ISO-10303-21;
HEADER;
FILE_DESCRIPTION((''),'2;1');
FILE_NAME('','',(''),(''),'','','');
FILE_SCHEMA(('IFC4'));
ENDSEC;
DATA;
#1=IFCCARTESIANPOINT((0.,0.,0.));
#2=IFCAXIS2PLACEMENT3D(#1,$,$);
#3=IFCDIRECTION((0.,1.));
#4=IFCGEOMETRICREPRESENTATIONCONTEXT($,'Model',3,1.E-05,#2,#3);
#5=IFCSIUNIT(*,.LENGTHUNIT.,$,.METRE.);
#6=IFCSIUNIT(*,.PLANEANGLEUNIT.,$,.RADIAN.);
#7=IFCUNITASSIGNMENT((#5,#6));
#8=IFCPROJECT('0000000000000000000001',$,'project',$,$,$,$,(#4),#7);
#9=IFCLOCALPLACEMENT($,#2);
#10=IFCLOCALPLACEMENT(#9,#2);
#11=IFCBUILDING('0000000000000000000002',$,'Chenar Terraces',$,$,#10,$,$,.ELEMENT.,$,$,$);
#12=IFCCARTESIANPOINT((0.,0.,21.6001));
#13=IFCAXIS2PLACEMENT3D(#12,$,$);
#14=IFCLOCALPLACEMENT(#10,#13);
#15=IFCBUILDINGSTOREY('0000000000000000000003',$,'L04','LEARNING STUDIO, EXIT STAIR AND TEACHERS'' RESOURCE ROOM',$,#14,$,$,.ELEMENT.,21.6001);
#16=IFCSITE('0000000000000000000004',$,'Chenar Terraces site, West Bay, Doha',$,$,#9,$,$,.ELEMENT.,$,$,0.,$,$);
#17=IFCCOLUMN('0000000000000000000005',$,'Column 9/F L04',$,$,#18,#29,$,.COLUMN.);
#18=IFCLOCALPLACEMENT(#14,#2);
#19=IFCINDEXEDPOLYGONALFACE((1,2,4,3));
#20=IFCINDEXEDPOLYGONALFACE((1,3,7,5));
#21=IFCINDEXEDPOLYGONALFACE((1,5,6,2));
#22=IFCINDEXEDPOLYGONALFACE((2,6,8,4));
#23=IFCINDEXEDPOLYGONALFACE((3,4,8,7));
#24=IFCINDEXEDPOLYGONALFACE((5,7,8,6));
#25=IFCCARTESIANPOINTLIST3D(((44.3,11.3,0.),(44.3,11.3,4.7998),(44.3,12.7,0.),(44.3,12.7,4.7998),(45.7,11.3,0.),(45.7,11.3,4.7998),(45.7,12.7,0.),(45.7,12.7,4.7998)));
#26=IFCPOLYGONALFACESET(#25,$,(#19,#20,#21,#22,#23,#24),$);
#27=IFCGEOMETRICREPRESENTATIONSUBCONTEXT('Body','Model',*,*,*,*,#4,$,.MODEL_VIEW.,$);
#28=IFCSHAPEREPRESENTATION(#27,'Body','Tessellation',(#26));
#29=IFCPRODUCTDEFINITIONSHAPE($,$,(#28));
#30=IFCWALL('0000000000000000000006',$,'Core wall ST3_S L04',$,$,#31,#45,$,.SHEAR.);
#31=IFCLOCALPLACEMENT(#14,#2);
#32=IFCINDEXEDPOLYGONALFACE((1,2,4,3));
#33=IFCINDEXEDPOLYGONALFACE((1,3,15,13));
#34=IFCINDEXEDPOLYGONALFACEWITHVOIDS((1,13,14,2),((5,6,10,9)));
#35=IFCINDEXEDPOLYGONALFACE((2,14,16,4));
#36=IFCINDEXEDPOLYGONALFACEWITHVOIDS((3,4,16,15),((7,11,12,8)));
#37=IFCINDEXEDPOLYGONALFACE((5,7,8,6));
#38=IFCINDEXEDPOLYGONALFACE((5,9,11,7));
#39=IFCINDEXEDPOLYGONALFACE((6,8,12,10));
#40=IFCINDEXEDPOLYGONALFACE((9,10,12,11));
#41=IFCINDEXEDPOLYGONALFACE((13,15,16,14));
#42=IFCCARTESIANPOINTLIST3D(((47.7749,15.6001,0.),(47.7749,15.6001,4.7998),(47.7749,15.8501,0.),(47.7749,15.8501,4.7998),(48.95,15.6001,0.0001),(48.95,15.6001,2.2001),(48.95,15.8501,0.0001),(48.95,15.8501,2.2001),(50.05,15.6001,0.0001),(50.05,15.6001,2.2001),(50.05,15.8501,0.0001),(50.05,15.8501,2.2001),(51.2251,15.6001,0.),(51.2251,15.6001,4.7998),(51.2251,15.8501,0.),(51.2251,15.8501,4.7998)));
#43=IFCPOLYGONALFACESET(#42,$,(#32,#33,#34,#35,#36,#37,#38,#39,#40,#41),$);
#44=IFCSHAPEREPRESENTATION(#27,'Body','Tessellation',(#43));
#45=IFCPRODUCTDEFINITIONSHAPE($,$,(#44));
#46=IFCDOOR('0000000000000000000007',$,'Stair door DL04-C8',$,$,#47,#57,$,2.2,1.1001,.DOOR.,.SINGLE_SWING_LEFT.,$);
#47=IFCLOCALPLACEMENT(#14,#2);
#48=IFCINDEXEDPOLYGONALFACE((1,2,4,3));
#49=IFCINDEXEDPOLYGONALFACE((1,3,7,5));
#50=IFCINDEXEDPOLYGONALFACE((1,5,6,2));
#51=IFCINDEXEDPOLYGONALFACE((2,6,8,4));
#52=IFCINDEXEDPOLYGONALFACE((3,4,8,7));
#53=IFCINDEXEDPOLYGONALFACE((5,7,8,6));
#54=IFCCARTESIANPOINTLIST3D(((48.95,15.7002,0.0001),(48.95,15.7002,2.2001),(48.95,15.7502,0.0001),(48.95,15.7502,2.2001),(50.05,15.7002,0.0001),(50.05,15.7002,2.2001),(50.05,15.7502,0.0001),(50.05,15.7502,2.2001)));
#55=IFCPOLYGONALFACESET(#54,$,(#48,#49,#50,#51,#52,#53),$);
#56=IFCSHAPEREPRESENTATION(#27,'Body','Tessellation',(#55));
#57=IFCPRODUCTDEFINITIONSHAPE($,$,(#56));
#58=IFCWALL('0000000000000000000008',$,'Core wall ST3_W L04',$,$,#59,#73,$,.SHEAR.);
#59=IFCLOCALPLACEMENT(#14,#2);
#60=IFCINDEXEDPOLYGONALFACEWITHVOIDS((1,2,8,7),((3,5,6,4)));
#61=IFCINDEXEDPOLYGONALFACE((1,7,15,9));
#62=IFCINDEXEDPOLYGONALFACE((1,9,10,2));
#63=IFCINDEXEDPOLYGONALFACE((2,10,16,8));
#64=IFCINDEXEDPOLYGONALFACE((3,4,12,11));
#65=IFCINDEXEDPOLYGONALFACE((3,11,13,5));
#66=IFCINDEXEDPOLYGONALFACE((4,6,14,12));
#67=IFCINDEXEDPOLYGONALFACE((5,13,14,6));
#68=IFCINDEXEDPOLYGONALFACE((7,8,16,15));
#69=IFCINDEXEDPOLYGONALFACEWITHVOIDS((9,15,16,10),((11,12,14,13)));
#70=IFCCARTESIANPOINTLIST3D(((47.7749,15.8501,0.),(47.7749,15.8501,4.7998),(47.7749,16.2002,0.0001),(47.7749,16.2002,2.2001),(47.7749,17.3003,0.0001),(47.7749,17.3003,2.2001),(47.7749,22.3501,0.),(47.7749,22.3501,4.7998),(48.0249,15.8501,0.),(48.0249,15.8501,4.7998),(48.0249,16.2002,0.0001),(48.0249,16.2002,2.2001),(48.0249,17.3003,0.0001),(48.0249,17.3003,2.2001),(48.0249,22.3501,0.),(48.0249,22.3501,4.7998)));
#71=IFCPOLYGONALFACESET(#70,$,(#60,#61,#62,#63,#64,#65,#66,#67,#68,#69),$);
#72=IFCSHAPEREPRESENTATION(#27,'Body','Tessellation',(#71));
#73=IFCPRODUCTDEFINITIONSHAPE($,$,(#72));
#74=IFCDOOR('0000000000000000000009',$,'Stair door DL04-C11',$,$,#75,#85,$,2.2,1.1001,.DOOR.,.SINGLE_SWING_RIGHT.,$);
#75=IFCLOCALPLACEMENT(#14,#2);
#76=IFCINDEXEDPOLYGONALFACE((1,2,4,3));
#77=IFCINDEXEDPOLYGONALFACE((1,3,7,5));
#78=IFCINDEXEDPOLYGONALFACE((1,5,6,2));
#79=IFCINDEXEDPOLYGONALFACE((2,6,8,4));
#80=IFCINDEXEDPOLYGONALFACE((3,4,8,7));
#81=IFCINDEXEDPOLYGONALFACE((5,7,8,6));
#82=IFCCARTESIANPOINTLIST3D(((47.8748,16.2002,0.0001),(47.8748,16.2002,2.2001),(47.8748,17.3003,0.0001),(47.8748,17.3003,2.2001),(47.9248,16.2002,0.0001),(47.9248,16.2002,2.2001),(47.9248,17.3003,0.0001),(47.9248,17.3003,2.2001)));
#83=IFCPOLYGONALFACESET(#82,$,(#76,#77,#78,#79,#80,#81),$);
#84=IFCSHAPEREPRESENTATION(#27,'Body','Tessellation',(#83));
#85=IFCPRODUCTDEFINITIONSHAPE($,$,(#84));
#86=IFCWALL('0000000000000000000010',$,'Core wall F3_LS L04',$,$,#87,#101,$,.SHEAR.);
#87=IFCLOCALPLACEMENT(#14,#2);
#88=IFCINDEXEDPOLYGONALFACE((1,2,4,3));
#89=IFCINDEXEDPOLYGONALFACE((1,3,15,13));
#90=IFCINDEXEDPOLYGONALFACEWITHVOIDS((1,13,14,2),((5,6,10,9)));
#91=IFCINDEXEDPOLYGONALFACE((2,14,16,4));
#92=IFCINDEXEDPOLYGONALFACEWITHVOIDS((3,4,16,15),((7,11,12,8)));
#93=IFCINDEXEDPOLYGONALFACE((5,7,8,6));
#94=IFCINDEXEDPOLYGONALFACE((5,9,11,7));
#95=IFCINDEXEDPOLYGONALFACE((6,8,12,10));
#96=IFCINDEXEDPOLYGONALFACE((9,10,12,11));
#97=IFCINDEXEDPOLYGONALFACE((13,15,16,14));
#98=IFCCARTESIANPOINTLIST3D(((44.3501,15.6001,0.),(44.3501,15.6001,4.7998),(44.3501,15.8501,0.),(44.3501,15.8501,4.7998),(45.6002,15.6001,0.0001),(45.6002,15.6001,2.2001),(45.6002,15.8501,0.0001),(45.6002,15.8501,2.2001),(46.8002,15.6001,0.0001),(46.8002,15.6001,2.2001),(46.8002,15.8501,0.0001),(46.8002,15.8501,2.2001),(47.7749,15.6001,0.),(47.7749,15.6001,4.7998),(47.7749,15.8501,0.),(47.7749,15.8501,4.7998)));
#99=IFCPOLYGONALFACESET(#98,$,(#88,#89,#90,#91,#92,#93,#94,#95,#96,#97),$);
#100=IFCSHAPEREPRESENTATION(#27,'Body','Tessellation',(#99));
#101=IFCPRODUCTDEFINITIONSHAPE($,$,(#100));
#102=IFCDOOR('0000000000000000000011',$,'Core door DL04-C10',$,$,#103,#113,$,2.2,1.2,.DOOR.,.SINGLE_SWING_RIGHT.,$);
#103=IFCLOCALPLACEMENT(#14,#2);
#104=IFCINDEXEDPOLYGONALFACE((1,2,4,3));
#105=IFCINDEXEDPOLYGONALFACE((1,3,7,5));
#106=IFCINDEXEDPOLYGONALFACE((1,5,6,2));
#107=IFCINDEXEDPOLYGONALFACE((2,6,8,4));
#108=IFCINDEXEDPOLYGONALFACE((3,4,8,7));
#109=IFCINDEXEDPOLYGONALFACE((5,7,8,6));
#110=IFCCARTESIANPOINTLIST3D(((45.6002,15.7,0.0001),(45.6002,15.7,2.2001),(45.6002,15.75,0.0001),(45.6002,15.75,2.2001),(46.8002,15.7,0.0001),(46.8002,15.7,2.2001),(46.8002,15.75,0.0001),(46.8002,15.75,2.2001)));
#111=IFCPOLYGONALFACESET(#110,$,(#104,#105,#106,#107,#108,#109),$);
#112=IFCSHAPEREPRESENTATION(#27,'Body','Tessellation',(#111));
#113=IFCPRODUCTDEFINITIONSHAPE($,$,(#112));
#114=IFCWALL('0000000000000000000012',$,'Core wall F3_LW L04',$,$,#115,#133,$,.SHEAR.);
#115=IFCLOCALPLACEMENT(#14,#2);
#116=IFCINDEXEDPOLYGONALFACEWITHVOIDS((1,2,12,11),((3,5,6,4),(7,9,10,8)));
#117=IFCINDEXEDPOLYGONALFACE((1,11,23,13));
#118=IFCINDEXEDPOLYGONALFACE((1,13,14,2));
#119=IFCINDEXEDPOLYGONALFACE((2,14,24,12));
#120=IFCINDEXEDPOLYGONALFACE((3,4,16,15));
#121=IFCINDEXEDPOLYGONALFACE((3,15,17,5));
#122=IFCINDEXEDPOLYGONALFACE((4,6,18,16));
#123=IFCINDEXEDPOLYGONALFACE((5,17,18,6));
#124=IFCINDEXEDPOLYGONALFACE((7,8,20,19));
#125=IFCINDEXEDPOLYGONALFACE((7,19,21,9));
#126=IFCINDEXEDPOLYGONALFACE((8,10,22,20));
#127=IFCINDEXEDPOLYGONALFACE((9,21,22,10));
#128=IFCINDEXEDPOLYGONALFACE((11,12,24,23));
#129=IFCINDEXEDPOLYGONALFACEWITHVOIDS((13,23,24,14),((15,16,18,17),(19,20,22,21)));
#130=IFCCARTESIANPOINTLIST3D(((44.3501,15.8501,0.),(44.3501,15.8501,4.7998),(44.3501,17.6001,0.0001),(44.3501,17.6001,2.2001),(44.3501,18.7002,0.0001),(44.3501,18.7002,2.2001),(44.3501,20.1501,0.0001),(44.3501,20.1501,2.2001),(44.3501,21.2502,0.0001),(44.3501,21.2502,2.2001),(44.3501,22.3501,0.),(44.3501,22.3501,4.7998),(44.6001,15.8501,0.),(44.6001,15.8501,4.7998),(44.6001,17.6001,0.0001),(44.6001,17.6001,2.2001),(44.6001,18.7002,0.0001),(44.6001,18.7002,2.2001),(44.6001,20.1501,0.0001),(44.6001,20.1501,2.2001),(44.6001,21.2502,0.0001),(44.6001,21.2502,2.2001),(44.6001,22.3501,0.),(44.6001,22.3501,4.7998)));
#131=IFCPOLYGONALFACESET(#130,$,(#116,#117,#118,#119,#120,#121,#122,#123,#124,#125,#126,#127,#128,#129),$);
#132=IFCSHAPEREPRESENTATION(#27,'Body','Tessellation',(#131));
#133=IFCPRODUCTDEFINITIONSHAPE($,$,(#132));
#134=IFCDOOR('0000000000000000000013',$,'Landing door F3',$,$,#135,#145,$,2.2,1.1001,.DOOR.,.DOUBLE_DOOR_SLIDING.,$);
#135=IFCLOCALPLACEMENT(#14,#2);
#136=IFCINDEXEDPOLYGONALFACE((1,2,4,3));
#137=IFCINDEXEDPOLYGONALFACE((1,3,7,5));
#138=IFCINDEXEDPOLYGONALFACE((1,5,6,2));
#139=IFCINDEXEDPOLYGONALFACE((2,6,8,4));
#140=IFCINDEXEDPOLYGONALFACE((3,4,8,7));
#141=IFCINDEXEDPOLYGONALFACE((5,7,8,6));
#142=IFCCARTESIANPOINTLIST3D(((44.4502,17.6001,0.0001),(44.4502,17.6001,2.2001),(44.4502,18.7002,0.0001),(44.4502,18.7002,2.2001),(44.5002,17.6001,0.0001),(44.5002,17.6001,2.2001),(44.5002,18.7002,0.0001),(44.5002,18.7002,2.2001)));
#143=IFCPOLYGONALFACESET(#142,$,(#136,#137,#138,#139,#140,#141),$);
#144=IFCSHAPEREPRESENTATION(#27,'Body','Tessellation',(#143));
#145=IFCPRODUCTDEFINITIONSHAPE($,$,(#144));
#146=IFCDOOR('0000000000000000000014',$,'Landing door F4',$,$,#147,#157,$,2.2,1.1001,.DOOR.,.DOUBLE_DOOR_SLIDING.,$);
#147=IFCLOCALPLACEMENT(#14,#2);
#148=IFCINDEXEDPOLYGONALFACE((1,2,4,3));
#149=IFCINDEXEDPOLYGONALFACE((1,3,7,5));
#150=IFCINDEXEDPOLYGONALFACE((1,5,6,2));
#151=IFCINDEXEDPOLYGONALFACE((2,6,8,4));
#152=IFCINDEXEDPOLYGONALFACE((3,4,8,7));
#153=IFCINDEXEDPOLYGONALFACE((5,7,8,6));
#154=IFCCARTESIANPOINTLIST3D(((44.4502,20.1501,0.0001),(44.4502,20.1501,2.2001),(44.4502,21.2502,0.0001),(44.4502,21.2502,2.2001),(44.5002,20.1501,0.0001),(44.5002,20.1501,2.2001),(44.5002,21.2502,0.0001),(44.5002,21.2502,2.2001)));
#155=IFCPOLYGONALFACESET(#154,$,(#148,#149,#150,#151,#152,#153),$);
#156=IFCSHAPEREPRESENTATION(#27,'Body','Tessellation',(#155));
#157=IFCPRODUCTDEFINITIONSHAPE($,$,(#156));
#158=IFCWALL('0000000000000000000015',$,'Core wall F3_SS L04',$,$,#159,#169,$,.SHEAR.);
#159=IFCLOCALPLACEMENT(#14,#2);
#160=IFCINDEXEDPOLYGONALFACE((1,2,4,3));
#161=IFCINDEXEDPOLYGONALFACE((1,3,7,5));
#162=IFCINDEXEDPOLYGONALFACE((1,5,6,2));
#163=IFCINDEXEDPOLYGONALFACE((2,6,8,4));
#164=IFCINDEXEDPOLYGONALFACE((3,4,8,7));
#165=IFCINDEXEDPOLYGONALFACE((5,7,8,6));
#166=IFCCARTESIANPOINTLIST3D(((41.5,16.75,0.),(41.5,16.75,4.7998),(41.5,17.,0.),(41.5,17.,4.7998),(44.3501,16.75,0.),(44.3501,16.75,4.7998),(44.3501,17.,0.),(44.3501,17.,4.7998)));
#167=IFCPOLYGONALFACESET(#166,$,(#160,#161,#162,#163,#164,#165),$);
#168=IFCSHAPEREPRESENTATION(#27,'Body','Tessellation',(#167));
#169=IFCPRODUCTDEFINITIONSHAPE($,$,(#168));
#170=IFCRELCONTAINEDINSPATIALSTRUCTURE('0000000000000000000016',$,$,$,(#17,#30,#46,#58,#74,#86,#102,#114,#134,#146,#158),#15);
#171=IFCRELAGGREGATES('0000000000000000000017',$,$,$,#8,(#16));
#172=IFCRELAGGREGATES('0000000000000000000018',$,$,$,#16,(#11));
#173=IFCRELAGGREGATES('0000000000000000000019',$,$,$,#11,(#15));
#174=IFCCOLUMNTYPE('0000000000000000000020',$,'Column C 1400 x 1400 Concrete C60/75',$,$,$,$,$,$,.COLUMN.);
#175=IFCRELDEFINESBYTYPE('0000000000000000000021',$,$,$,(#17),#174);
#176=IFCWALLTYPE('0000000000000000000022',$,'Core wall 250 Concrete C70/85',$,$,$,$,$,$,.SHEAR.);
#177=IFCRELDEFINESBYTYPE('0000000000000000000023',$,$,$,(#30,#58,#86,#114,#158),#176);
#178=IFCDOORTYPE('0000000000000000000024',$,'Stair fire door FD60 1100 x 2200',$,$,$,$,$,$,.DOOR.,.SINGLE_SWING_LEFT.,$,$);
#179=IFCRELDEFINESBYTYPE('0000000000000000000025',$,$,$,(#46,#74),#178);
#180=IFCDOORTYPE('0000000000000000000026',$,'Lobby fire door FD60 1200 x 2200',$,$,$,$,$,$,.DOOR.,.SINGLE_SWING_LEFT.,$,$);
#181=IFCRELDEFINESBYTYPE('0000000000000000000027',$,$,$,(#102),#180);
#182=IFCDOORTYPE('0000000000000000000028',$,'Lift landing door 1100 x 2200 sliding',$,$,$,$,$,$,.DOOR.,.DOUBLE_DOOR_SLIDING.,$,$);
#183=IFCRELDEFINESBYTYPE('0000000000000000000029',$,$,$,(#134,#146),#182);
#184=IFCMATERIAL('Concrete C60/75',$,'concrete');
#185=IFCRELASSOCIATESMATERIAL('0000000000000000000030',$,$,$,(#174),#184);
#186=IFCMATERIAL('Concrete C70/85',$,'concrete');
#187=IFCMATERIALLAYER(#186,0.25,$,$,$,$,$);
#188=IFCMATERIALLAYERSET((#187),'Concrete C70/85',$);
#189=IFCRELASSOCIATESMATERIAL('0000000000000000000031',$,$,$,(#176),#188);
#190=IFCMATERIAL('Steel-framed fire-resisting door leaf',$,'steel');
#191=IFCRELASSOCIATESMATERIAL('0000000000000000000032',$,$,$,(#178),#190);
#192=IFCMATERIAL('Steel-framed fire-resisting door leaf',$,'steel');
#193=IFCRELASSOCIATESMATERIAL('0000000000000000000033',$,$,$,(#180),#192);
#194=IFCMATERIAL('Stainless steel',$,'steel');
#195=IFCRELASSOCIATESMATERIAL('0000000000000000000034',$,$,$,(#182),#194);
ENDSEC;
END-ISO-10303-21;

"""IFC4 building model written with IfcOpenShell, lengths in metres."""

from ifc_helpers import new_model, si_unit, direction, frame, frame_2d, origin, origin_2d, place, context, subcontext, project, spatial, rectangle, extrude, material, layer, layer_set, material_profile, profile_set, type_object, element, fill, save


model = new_model("IFC4")

# Units and contexts
model_context = context("Model", 3, precision=1e-05, world=origin(), true_north=direction((0.0, 1.0)))
body_context = subcontext(model_context, "Body", "Model", "MODEL_VIEW")
ifc_project = project(units=[si_unit("LENGTHUNIT", "METRE"), si_unit("PLANEANGLEUNIT", "RADIAN")], contexts=[model_context])

# Site, building, storey
site_placement = place(None, origin())
site = spatial("IfcSite", under=ifc_project, at=site_placement, Name="Chenar Terraces site, West Bay, Doha", CompositionType="ELEMENT", RefElevation=0.0)
building_placement = place(site_placement, origin())
building = spatial("IfcBuilding", under=site, at=building_placement, Name="Chenar Terraces", CompositionType="ELEMENT")
storey_placement = place(building_placement, frame((0.0, 0.0, 21.6001)))
storey = spatial("IfcBuildingStorey", under=building, at=storey_placement, Name="L04", Description="LEARNING STUDIO, EXIT STAIR AND TEACHERS' RESOURCE ROOM", CompositionType="ELEMENT", Elevation=21.6001)

# Column
ifc_material_1 = material(Name="Concrete C60/75", Category="concrete")
ifc_material_profile = material_profile(ifc_material_1, rectangle(XDim=1.3999, YDim=1.3999, at=origin_2d()), Name="C 1400 x 1400")
ifc_profile_set = profile_set([ifc_material_profile], Name="Concrete C60/75")
column_type = type_object("IfcColumnType", Name="Column C 1400 x 1400 Concrete C60/75", PredefinedType="COLUMN", material=ifc_profile_set)
column_placement = place(storey_placement, frame((45.0, 12.0, 0.0), z_axis=(0.0, 0.0, 1.0), x_axis=(1.0, 0.0, 0.0)))
element("IfcColumn", 1, at=column_placement, inside=storey, type_object=column_type, Name="Column 9/F L04", PredefinedType="COLUMN", context=body_context, shape_type="SweptSolid", body=[
    extrude(rectangle(XDim=1.3999, YDim=1.3999, at=origin_2d()), origin(), (0.0, 0.0, 1.0), 4.7998),
])

# Walls, openings, doors
ifc_material_2 = material(Name="Concrete C70/85", Category="concrete")
ifc_layer_1 = layer(ifc_material_2, 0.25)
ifc_layer_set_1 = layer_set([ifc_layer_1], Name="Concrete C70/85")
wall_type_1 = type_object("IfcWallType", Name="Core wall 250 Concrete C70/85", PredefinedType="SHEAR", material=ifc_layer_set_1)
wall_1_placement = place(storey_placement, frame((47.7749, 15.7251, 0.0), z_axis=(0.0, 0.0, 1.0), x_axis=(1.0, 0.0, 0.0)))
wall_1 = element("IfcWall", 2, at=wall_1_placement, inside=storey, type_object=wall_type_1, Name="Core wall ST3_S L04", PredefinedType="SHEAR", context=body_context, shape_type="SweptSolid", body=[
    extrude(rectangle(XDim=3.4502, YDim=0.25, at=frame_2d((1.7251, 0.0))), origin(), (0.0, 0.0, 1.0), 4.7998),
])
opening_1_placement = place(wall_1_placement, frame((1.175, 0.0, 0.0)))
opening_1 = element("IfcOpeningElement", 3, at=opening_1_placement, cuts=wall_1, PredefinedType="OPENING", context=body_context, shape_type="SweptSolid", body=[
    extrude(rectangle(XDim=1.1001, YDim=2.2, at=frame_2d((0.55, 1.1001))), frame((0.0, 0.135, 0.0), z_axis=(0.0, -1.0, 0.0), x_axis=(1.0, 0.0, 0.0)), (0.0, 0.0, 1.0), 0.27),
])
ifc_material_3 = material(Name="Steel-framed fire-resisting door leaf", Category="steel")
door_type_1 = type_object("IfcDoorType", Name="Stair fire door FD60 1100 x 2200", OperationType="SINGLE_SWING_LEFT", PredefinedType="DOOR", material=ifc_material_3)
door_1_placement = place(opening_1_placement, frame((1.1001, 0.0, 0.0), z_axis=(0.0, 0.0, 1.0), x_axis=(-1.0, 0.0, 0.0)))
door_1 = element("IfcDoor", 4, at=door_1_placement, inside=storey, type_object=door_type_1, Name="Stair door DL04-C8", OperationType="SINGLE_SWING_LEFT", OverallHeight=2.2, OverallWidth=1.1001, PredefinedType="DOOR", context=body_context, shape_type="SweptSolid", body=[
    extrude(rectangle(XDim=1.1001, YDim=2.2, at=frame_2d((0.55, 1.1001))), frame((0.0, 0.0249, 0.0), z_axis=(0.0, -1.0, 0.0), x_axis=(1.0, 0.0, 0.0)), (0.0, 0.0, 1.0), 0.05),
])
fill(opening_1, door_1)
wall_2_placement = place(storey_placement, frame((47.8999, 15.8501, 0.0), z_axis=(0.0, 0.0, 1.0), x_axis=(0.0, 1.0, 0.0)))
wall_2 = element("IfcWall", 5, at=wall_2_placement, inside=storey, type_object=wall_type_1, Name="Core wall ST3_W L04", PredefinedType="SHEAR", context=body_context, shape_type="SweptSolid", body=[
    extrude(rectangle(XDim=6.5, YDim=0.25, at=frame_2d((3.25, 0.0))), origin(), (0.0, 0.0, 1.0), 4.7998),
])
opening_2_placement = place(wall_2_placement, frame((0.3501, 0.0, 0.0)))
opening_2 = element("IfcOpeningElement", 6, at=opening_2_placement, cuts=wall_2, PredefinedType="OPENING", context=body_context, shape_type="SweptSolid", body=[
    extrude(rectangle(XDim=1.1001, YDim=2.2, at=frame_2d((0.55, 1.1001))), frame((0.0, 0.135, 0.0), z_axis=(0.0, -1.0, 0.0), x_axis=(1.0, 0.0, 0.0)), (0.0, 0.0, 1.0), 0.27),
])
door_2_placement = place(opening_2_placement, frame((1.1001, 0.0, 0.0), z_axis=(0.0, 0.0, 1.0), x_axis=(-1.0, 0.0, 0.0)))
door_2 = element("IfcDoor", 7, at=door_2_placement, inside=storey, type_object=door_type_1, Name="Stair door DL04-C11", OperationType="SINGLE_SWING_RIGHT", OverallHeight=2.2, OverallWidth=1.1001, PredefinedType="DOOR", context=body_context, shape_type="SweptSolid", body=[
    extrude(rectangle(XDim=1.1001, YDim=2.2, at=frame_2d((0.55, 1.1001))), frame((0.0, 0.0249, 0.0), z_axis=(0.0, -1.0, 0.0), x_axis=(1.0, 0.0, 0.0)), (0.0, 0.0, 1.0), 0.05),
])
fill(opening_2, door_2)
wall_3_placement = place(storey_placement, frame((44.3501, 15.7251, 0.0), z_axis=(0.0, 0.0, 1.0), x_axis=(1.0, 0.0, 0.0)))
wall_3 = element("IfcWall", 8, at=wall_3_placement, inside=storey, type_object=wall_type_1, Name="Core wall F3_LS L04", PredefinedType="SHEAR", context=body_context, shape_type="SweptSolid", body=[
    extrude(rectangle(XDim=3.4248, YDim=0.25, at=frame_2d((1.7124, 0.0))), origin(), (0.0, 0.0, 1.0), 4.7998),
])
opening_3_placement = place(wall_3_placement, frame((1.25, 0.0, 0.0)))
opening_3 = element("IfcOpeningElement", 9, at=opening_3_placement, cuts=wall_3, PredefinedType="OPENING", context=body_context, shape_type="SweptSolid", body=[
    extrude(rectangle(XDim=1.2, YDim=2.2, at=frame_2d((0.6001, 1.1001))), frame((0.0, 0.135, 0.0), z_axis=(0.0, -1.0, 0.0), x_axis=(1.0, 0.0, 0.0)), (0.0, 0.0, 1.0), 0.27),
])
ifc_material_4 = material(Name="Steel-framed fire-resisting door leaf", Category="steel")
door_type_2 = type_object("IfcDoorType", Name="Lobby fire door FD60 1200 x 2200", OperationType="SINGLE_SWING_LEFT", PredefinedType="DOOR", material=ifc_material_4)
door_3_placement = place(opening_3_placement, origin())
door_3 = element("IfcDoor", 10, at=door_3_placement, inside=storey, type_object=door_type_2, Name="Core door DL04-C10", OperationType="SINGLE_SWING_RIGHT", OverallHeight=2.2, OverallWidth=1.2, PredefinedType="DOOR", context=body_context, shape_type="SweptSolid", body=[
    extrude(rectangle(XDim=1.2, YDim=2.2, at=frame_2d((0.6001, 1.1001))), frame((0.0, 0.0249, 0.0), z_axis=(0.0, -1.0, 0.0), x_axis=(1.0, 0.0, 0.0)), (0.0, 0.0, 1.0), 0.05),
])
fill(opening_3, door_3)

# Wall, openings, doors
wall_4_placement = place(storey_placement, frame((44.4751, 15.8501, 0.0), z_axis=(0.0, 0.0, 1.0), x_axis=(0.0, 1.0, 0.0)))
wall_4 = element("IfcWall", 11, at=wall_4_placement, inside=storey, type_object=wall_type_1, Name="Core wall F3_LW L04", PredefinedType="SHEAR", context=body_context, shape_type="SweptSolid", body=[
    extrude(rectangle(XDim=6.5, YDim=0.25, at=frame_2d((3.25, 0.0))), origin(), (0.0, 0.0, 1.0), 4.7998),
])
opening_4_placement = place(wall_4_placement, frame((1.75, 0.0, 0.0)))
opening_4 = element("IfcOpeningElement", 12, at=opening_4_placement, cuts=wall_4, PredefinedType="OPENING", context=body_context, shape_type="SweptSolid", body=[
    extrude(rectangle(XDim=1.1001, YDim=2.2, at=frame_2d((0.55, 1.1001))), frame((0.0, 0.135, 0.0), z_axis=(0.0, -1.0, 0.0), x_axis=(1.0, 0.0, 0.0)), (0.0, 0.0, 1.0), 0.27),
])
opening_5_placement = place(wall_4_placement, frame((4.3, 0.0, 0.0)))
opening_5 = element("IfcOpeningElement", 13, at=opening_5_placement, cuts=wall_4, PredefinedType="OPENING", context=body_context, shape_type="SweptSolid", body=[
    extrude(rectangle(XDim=1.1001, YDim=2.2, at=frame_2d((0.55, 1.1001))), frame((0.0, 0.135, 0.0), z_axis=(0.0, -1.0, 0.0), x_axis=(1.0, 0.0, 0.0)), (0.0, 0.0, 1.0), 0.27),
])
ifc_material_5 = material(Name="Stainless steel", Category="steel")
door_type_3 = type_object("IfcDoorType", Name="Lift landing door 1100 x 2200 sliding", OperationType="DOUBLE_DOOR_SLIDING", PredefinedType="DOOR", material=ifc_material_5)
door_4_placement = place(opening_4_placement, origin())
door_4 = element("IfcDoor", 14, at=door_4_placement, inside=storey, type_object=door_type_3, Name="Landing door F3", OperationType="DOUBLE_DOOR_SLIDING", OverallHeight=2.2, OverallWidth=1.1001, PredefinedType="DOOR", context=body_context, shape_type="SweptSolid", body=[
    extrude(rectangle(XDim=1.1001, YDim=2.2, at=frame_2d((0.55, 1.1001))), frame((0.0, 0.0249, 0.0), z_axis=(0.0, -1.0, 0.0), x_axis=(1.0, 0.0, 0.0)), (0.0, 0.0, 1.0), 0.05),
])
fill(opening_4, door_4)
door_5_placement = place(opening_5_placement, origin())
door_5 = element("IfcDoor", 15, at=door_5_placement, inside=storey, type_object=door_type_3, Name="Landing door F4", OperationType="DOUBLE_DOOR_SLIDING", OverallHeight=2.2, OverallWidth=1.1001, PredefinedType="DOOR", context=body_context, shape_type="SweptSolid", body=[
    extrude(rectangle(XDim=1.1001, YDim=2.2, at=frame_2d((0.55, 1.1001))), frame((0.0, 0.0249, 0.0), z_axis=(0.0, -1.0, 0.0), x_axis=(1.0, 0.0, 0.0)), (0.0, 0.0, 1.0), 0.05),
])
fill(opening_5, door_5)

# Wall
wall_5_placement = place(storey_placement, frame((41.5, 16.875, 0.0), z_axis=(0.0, 0.0, 1.0), x_axis=(1.0, 0.0, 0.0)))
element("IfcWall", 16, at=wall_5_placement, inside=storey, type_object=wall_type_1, Name="Core wall F3_SS L04", PredefinedType="SHEAR", context=body_context, shape_type="SweptSolid", body=[
    extrude(rectangle(XDim=2.8501, YDim=0.25, at=frame_2d((1.425, 0.0))), origin(), (0.0, 0.0, 1.0), 4.7998),
])

save(model, "model.ifc")
